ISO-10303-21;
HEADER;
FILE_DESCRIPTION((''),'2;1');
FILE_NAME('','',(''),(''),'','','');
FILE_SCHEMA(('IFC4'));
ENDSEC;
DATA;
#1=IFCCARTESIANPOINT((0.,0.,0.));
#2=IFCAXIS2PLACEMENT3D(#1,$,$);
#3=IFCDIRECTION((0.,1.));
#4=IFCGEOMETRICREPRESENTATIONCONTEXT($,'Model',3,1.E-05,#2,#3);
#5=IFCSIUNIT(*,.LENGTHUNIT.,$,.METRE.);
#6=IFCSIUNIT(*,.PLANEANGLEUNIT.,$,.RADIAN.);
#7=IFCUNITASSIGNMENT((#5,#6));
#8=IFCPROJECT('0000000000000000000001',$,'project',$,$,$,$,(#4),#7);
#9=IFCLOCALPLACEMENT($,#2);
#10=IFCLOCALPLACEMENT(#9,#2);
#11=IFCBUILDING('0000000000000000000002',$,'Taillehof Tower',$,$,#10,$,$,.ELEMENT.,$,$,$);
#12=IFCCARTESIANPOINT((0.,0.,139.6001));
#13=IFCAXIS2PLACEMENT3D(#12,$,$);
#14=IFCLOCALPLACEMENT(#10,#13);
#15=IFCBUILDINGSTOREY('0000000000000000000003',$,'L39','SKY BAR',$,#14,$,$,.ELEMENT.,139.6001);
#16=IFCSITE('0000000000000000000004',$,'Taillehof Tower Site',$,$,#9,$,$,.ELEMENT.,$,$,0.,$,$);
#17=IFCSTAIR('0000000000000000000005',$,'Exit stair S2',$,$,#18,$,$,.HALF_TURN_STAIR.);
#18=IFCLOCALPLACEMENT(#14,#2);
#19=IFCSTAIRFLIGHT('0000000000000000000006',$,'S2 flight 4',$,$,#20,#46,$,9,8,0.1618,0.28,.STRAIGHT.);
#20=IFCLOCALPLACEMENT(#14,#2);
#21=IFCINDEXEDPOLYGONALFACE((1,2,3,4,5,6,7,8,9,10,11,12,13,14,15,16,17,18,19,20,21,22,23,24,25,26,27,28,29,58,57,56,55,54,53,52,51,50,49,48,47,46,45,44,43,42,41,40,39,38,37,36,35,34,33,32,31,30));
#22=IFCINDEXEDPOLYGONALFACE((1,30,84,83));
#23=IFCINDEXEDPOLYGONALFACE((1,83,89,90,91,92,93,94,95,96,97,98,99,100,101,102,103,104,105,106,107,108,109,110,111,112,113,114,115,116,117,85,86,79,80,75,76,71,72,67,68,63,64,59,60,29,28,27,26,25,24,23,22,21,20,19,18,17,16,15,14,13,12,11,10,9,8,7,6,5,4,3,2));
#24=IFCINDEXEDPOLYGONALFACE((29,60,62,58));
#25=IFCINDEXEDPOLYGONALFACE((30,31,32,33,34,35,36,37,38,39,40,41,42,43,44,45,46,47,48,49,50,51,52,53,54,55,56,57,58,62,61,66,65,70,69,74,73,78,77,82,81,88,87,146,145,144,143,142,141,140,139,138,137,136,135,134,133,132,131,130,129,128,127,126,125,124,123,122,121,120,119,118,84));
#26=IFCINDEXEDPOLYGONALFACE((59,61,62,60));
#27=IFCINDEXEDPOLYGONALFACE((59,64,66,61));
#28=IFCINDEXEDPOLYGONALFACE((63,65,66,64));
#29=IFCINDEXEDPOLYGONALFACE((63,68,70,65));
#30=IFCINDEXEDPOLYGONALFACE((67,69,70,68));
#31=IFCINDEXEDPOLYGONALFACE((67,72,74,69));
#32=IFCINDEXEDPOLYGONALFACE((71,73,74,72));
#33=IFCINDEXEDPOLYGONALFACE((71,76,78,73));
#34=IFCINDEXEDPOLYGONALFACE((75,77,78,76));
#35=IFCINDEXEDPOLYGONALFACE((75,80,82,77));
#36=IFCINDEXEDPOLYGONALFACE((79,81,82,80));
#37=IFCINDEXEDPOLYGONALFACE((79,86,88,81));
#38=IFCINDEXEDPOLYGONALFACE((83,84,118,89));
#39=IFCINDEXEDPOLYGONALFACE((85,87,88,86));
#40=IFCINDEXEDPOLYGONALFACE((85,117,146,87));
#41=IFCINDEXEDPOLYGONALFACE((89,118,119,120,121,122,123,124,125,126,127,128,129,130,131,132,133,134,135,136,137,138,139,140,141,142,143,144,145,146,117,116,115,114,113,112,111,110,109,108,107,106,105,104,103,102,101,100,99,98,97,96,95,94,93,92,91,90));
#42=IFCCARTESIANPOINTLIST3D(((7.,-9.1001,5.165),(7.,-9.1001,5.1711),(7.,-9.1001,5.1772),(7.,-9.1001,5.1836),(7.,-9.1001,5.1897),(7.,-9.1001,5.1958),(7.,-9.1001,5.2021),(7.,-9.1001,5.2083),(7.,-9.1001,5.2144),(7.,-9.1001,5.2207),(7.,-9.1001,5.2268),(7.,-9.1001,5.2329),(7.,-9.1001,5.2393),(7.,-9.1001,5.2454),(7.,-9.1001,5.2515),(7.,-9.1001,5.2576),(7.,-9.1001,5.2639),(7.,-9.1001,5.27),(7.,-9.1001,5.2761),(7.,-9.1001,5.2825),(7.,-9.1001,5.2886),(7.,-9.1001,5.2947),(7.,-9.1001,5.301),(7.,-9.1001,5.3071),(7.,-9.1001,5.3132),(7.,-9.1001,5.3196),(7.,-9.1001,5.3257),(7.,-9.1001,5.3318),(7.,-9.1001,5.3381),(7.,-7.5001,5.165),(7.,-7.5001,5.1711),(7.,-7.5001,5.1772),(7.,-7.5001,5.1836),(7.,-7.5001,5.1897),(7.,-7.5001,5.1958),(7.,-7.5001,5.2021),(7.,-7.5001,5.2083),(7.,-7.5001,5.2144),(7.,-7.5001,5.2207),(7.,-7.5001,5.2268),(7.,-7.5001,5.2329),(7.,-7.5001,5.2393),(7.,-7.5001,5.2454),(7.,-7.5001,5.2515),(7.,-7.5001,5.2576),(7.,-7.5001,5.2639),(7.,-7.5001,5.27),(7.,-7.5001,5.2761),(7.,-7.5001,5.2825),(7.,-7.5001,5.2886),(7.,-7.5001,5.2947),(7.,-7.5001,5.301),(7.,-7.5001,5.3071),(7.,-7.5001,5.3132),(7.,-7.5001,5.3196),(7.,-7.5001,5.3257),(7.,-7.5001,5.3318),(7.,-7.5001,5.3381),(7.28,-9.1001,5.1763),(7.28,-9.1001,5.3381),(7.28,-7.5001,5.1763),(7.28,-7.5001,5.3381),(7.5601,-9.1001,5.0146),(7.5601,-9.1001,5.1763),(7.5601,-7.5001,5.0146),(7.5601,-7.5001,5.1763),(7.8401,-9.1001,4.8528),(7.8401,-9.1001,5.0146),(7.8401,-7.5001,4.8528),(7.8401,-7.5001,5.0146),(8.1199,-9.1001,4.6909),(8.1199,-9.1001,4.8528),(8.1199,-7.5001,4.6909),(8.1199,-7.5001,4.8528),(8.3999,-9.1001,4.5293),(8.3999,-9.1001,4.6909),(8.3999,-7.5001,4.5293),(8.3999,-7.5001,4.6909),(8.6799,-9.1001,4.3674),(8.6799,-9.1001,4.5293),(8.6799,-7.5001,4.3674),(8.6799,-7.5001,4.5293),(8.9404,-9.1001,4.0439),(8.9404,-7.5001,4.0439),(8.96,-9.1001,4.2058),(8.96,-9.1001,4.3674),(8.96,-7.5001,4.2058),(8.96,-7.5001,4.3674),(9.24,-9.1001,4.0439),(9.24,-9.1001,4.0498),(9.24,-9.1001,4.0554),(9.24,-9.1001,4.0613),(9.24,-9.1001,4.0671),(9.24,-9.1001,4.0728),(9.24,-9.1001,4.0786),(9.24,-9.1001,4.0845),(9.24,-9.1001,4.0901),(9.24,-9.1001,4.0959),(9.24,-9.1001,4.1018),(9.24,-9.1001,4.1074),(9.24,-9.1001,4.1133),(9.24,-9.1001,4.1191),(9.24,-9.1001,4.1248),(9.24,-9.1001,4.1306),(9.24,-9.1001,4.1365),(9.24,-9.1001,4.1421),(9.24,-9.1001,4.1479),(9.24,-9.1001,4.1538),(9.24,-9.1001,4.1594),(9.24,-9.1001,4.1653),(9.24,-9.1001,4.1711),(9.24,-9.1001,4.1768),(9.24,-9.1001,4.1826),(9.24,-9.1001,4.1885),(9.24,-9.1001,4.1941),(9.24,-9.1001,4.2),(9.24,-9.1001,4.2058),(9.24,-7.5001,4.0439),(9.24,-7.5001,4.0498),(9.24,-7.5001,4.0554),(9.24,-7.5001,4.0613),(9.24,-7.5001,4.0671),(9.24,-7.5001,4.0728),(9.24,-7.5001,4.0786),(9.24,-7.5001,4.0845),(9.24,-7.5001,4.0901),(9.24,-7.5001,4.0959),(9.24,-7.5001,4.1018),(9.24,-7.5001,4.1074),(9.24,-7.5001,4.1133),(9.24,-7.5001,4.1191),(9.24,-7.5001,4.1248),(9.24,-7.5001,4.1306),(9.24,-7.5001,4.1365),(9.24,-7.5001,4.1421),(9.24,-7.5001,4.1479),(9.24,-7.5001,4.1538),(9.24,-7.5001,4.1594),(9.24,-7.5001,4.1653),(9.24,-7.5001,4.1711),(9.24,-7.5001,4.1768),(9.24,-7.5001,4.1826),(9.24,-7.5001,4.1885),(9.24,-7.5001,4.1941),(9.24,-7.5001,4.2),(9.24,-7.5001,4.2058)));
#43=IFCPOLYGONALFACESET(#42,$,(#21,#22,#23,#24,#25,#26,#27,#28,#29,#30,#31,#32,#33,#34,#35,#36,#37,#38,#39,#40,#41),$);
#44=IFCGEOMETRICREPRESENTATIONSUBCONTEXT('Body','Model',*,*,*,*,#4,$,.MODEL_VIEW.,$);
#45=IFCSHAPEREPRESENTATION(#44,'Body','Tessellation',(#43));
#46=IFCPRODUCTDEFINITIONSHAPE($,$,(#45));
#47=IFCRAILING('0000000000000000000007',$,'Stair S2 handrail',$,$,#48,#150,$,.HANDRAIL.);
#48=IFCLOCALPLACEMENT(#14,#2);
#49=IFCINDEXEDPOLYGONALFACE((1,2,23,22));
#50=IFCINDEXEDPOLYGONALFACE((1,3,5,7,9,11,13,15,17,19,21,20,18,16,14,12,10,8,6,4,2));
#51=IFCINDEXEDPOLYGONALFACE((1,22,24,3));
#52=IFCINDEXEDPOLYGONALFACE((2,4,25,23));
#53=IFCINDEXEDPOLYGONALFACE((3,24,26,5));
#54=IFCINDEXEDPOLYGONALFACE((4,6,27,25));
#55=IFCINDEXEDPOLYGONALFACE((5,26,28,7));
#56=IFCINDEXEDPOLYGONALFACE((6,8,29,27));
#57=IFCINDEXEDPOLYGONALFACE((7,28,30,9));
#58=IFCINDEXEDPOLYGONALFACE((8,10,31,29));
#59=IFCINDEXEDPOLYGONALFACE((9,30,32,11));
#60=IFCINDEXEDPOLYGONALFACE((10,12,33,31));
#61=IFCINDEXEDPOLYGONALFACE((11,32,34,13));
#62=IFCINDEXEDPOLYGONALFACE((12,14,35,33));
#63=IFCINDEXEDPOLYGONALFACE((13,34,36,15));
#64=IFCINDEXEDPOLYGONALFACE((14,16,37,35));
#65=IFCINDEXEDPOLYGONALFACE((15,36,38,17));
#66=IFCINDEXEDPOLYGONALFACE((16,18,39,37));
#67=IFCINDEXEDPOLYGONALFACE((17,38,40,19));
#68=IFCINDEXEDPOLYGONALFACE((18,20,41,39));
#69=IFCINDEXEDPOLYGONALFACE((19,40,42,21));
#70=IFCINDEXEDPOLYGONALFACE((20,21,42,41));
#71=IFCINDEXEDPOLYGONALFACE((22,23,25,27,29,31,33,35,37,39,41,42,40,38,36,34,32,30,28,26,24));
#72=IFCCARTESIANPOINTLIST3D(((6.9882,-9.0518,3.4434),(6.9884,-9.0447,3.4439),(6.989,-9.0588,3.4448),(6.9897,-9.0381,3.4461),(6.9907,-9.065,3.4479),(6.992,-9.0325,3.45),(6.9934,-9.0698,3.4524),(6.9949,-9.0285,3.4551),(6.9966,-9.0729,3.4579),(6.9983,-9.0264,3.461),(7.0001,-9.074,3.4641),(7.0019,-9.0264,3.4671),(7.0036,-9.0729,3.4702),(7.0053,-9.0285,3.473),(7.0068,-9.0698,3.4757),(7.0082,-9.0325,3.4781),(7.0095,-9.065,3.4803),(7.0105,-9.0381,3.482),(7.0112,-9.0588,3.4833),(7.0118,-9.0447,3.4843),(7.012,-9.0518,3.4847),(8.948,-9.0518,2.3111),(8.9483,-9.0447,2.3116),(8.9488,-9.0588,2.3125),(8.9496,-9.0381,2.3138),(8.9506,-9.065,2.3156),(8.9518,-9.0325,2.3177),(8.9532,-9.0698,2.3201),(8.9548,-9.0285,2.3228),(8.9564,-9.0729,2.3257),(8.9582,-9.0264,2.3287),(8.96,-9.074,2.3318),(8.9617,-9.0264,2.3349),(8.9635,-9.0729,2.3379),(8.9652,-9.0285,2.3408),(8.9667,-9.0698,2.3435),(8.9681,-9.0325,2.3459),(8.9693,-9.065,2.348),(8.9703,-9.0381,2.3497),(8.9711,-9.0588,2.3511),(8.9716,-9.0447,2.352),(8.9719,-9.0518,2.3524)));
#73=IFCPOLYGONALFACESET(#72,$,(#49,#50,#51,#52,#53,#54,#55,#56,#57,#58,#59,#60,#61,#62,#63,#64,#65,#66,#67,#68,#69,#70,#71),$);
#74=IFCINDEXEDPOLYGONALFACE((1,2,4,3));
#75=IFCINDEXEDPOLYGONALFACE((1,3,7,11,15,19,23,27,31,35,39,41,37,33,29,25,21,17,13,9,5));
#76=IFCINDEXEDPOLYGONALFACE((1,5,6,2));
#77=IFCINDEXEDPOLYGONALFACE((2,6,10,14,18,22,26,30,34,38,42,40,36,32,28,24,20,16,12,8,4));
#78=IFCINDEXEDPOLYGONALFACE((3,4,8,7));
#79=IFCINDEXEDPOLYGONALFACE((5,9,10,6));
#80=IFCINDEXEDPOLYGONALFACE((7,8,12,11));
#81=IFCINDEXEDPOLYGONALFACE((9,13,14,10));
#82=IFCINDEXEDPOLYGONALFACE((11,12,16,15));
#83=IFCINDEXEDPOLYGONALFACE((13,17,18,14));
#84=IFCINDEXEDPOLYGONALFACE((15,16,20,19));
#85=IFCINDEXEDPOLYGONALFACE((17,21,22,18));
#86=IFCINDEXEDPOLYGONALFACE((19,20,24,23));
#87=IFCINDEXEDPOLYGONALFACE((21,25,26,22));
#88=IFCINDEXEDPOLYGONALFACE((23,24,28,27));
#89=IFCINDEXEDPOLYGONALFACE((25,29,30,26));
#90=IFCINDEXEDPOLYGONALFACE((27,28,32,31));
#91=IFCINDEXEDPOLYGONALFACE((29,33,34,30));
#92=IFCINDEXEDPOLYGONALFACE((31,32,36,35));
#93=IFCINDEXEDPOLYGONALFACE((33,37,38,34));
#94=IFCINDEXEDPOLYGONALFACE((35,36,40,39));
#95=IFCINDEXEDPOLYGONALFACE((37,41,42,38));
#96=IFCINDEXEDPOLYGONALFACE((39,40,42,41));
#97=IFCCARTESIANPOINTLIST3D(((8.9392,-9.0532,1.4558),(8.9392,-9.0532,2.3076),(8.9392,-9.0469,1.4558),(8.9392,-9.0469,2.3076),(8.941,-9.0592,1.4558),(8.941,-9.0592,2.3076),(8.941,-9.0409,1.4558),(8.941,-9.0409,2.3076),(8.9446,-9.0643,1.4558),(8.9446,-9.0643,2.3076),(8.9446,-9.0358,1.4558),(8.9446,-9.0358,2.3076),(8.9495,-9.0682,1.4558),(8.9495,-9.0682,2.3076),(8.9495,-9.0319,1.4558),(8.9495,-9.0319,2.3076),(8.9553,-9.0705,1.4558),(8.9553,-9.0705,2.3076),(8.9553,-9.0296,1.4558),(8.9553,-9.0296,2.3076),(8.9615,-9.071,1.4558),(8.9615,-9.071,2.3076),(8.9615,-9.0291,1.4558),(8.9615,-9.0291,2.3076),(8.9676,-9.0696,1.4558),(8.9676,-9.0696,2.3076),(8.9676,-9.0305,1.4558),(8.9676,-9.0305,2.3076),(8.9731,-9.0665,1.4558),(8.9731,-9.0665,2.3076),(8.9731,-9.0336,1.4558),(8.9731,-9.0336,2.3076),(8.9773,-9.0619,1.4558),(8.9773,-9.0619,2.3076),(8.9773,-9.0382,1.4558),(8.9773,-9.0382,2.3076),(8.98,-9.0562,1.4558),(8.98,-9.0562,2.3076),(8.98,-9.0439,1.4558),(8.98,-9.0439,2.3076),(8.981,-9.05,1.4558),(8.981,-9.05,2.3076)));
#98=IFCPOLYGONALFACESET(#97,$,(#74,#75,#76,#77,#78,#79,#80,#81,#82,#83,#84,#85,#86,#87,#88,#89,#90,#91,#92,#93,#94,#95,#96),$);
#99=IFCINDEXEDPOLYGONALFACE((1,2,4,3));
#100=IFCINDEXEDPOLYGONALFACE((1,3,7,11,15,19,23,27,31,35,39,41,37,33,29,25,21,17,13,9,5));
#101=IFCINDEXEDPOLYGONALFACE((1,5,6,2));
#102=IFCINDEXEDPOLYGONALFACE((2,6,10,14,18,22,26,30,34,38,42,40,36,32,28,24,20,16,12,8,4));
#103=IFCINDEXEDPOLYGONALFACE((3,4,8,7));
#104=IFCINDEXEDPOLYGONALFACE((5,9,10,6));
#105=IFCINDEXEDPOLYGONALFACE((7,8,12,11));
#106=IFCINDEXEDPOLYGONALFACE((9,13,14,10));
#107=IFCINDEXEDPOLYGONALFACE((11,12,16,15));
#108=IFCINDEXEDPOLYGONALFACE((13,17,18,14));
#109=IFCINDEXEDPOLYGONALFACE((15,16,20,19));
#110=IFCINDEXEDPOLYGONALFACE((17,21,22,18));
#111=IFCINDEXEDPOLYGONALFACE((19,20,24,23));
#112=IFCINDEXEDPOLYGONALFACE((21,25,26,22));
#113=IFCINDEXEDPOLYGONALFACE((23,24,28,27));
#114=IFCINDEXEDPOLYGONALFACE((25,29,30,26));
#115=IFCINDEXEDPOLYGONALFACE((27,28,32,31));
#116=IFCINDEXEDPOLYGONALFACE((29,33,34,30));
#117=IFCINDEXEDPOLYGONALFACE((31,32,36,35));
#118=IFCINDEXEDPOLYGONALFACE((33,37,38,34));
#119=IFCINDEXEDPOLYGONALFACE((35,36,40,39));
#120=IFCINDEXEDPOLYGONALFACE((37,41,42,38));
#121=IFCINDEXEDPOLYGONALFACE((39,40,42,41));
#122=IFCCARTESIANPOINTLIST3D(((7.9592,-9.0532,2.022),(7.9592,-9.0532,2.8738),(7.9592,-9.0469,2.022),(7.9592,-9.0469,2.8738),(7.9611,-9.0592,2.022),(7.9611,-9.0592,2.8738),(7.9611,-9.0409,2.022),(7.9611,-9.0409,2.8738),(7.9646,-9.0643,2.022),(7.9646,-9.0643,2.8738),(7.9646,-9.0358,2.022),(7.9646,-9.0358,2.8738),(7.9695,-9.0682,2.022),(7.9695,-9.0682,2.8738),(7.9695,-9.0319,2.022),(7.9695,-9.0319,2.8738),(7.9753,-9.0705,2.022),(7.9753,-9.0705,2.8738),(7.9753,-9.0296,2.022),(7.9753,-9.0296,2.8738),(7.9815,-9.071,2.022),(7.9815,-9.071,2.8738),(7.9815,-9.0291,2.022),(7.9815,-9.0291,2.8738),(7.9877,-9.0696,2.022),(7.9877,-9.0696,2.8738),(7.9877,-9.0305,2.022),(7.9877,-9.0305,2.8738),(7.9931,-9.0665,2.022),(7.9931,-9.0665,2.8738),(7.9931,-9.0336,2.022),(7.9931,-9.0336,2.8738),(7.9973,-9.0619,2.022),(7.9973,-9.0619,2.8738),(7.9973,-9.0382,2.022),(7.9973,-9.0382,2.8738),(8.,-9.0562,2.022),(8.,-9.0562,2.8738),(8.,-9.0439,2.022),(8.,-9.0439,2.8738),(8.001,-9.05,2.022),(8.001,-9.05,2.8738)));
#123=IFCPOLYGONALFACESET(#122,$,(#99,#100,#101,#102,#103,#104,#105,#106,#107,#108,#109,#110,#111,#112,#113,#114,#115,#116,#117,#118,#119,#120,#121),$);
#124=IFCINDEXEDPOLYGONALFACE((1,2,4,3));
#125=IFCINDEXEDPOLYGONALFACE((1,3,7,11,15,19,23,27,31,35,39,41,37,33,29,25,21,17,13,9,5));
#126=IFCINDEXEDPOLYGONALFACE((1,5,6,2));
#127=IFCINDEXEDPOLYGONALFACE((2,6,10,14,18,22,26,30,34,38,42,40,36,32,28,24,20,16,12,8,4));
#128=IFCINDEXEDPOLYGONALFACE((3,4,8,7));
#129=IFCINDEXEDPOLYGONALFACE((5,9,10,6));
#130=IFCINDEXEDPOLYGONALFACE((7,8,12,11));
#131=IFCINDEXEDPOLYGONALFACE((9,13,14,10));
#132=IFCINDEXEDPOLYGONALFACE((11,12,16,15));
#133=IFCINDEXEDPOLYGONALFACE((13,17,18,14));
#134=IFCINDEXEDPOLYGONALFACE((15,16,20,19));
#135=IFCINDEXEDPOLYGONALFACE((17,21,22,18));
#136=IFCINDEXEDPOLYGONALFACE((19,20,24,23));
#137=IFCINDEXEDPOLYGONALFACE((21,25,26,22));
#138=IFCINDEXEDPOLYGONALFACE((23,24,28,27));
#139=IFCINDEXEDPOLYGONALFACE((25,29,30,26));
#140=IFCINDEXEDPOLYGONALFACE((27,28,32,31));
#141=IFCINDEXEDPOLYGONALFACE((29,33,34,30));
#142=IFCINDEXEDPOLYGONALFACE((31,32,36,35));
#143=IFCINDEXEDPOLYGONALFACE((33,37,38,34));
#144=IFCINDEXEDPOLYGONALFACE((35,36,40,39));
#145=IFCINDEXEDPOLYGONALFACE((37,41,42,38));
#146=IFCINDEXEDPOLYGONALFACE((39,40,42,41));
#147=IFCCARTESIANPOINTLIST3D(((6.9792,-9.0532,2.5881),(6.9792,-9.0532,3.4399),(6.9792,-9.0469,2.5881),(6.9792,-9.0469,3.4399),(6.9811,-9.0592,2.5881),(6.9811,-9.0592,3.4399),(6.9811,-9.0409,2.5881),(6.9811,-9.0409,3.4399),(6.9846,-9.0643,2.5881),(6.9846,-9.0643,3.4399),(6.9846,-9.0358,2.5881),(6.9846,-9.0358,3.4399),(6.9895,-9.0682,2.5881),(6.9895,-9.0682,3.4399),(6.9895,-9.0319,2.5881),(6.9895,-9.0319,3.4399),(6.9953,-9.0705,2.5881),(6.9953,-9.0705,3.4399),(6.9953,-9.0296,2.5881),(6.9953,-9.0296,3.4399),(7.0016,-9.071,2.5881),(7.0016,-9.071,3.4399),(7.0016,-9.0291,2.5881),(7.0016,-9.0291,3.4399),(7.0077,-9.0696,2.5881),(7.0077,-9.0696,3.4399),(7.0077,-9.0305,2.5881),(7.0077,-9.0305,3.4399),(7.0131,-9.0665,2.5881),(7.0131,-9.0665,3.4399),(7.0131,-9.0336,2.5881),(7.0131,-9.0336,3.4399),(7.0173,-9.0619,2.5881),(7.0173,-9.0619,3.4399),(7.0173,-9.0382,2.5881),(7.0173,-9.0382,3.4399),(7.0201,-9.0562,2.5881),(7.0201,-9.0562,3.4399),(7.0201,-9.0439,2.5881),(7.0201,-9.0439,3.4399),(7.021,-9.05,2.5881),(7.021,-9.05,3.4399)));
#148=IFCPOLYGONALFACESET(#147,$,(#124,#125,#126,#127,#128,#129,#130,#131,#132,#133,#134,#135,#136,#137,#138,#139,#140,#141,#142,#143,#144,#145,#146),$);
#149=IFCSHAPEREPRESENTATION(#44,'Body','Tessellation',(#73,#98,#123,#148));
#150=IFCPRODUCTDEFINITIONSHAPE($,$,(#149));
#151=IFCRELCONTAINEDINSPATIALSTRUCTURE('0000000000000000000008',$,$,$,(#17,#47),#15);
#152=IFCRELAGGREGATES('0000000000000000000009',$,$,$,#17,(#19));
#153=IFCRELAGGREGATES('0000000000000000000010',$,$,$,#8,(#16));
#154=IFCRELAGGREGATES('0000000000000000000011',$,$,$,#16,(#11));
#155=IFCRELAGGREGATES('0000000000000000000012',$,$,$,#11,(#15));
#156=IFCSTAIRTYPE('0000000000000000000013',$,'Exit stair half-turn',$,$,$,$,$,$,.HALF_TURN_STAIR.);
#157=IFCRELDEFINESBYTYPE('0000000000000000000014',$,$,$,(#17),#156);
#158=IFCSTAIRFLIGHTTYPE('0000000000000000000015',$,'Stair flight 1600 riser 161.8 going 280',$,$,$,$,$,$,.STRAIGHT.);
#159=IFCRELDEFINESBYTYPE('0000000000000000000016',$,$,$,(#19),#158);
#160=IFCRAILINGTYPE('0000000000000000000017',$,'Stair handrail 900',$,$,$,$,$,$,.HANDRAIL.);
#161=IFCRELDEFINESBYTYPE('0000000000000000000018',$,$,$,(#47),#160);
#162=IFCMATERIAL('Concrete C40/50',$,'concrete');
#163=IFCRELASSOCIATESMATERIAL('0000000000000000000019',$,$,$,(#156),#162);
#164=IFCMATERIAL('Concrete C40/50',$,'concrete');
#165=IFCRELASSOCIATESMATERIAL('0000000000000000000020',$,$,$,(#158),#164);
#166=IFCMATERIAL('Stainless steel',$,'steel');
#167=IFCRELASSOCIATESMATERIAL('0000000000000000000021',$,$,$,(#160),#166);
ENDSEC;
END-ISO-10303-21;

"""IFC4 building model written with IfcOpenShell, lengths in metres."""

from ifc_helpers import new_model, si_unit, direction, frame, origin, origin_2d, place, context, subcontext, project, spatial, polyline, circle, outline, extrude, material, type_object, element, aggregate, save


model = new_model("IFC4")

# Units and contexts
model_context = context("Model", 3, precision=1e-05, world=origin(), true_north=direction((0.0, 1.0)))
body_context = subcontext(model_context, "Body", "Model", "MODEL_VIEW")
ifc_project = project(units=[si_unit("LENGTHUNIT", "METRE"), si_unit("PLANEANGLEUNIT", "RADIAN")], contexts=[model_context])

# Site, building, storey
site_placement = place(None, origin())
site = spatial("IfcSite", under=ifc_project, at=site_placement, Name="Taillehof Tower Site", CompositionType="ELEMENT", RefElevation=0.0)
building_placement = place(site_placement, origin())
building = spatial("IfcBuilding", under=site, at=building_placement, Name="Taillehof Tower", CompositionType="ELEMENT")
storey_placement = place(building_placement, frame((0.0, 0.0, 139.6001)))
storey = spatial("IfcBuildingStorey", under=building, at=storey_placement, Name="L39", Description="SKY BAR", CompositionType="ELEMENT", Elevation=139.6001)

# Stair, stair flight
ifc_material_1 = material(Name="Concrete C40/50", Category="concrete")
stair_type = type_object("IfcStairType", Name="Exit stair half-turn", PredefinedType="HALF_TURN_STAIR", material=ifc_material_1)
stair_placement = place(storey_placement, origin())
stair = element("IfcStair", 1, at=stair_placement, inside=storey, type_object=stair_type, Name="Exit stair S2", PredefinedType="HALF_TURN_STAIR")
ifc_material_2 = material(Name="Concrete C40/50", Category="concrete")
stair_flight_type = type_object("IfcStairFlightType", Name="Stair flight 1600 riser 161.8 going 280", PredefinedType="STRAIGHT", material=ifc_material_2)
stair_flight_1_placement = place(storey_placement, frame((9.24, -8.3, 4.0439), z_axis=(0.0, 0.0, 1.0), x_axis=(-1.0, 0.0, 0.0)))
stair_flight_1 = element("IfcStairFlight", 2, at=stair_flight_1_placement, type_object=stair_flight_type, Name="S2 flight 4", NumberOfRisers=9, NumberOfTreads=8, PredefinedType="STRAIGHT", RiserHeight=0.1618, TreadLength=0.28, context=body_context, shape_type="SweptSolid", body=[
    extrude(outline(polyline([(0.0, 0.0), (0.0, 0.0059), (0.0, 0.0115), (0.0, 0.0173), (0.0, 0.0232), (0.0, 0.0288), (0.0, 0.0347), (0.0, 0.0405), (0.0, 0.0461), (0.0, 0.052), (0.0, 0.0579), (0.0, 0.0635), (0.0, 0.0693), (0.0, 0.0752), (0.0, 0.0808), (0.0, 0.0867), (0.0, 0.0925), (0.0, 0.0981), (0.0, 0.104), (0.0, 0.1099), (0.0, 0.1155), (0.0, 0.1213), (0.0, 0.1272), (0.0, 0.1328), (0.0, 0.1387), (0.0, 0.1445), (0.0, 0.1501), (0.0, 0.156), (0.0, 0.1619), (0.28, 0.1619), (0.28, 0.3235), (0.5601, 0.3235), (0.5601, 0.4854), (0.8401, 0.4854), (0.8401, 0.647), (1.1201, 0.647), (1.1201, 0.8088), (1.3999, 0.8088), (1.3999, 0.9707), (1.6799, 0.9707), (1.6799, 1.1323), (1.96, 1.1323), (1.96, 1.2942), (2.24, 1.2942), (2.24, 1.2878), (2.24, 1.2817), (2.24, 1.2756), (2.24, 1.2693), (2.24, 1.2632), (2.24, 1.2571), (2.24, 1.2507), (2.24, 1.2446), (2.24, 1.2385), (2.24, 1.2322), (2.24, 1.2261), (2.24, 1.22), (2.24, 1.2136), (2.24, 1.2075), (2.24, 1.2014), (2.24, 1.1953), (2.24, 1.189), (2.24, 1.1829), (2.24, 1.1768), (2.24, 1.1704), (2.24, 1.1643), (2.24, 1.1582), (2.24, 1.1519), (2.24, 1.1458), (2.24, 1.1396), (2.24, 1.1333), (2.24, 1.1272), (2.24, 1.1211), (0.2996, 0.0), (0.0, 0.0)])), frame((0.0, 0.8, 0.0), z_axis=(0.0, -1.0, 0.0), x_axis=(1.0, 0.0, 0.0)), (0.0, 0.0, 1.0), 1.6),
])
aggregate(stair, [stair_flight_1])

# Railing
ifc_material_3 = material(Name="Stainless steel", Category="steel")
railing_type = type_object("IfcRailingType", Name="Stair handrail 900", PredefinedType="HANDRAIL", material=ifc_material_3)
railing_1_placement = place(storey_placement, frame((8.96, -9.05, 1.4558)))
element("IfcRailing", 3, at=railing_1_placement, inside=storey, type_object=railing_type, Name="Stair S2 handrail", PredefinedType="HANDRAIL", context=body_context, shape_type="SweptSolid", body=[
    extrude(circle(Radius=0.0239, at=origin_2d()), frame((0.0, 0.0, 0.876), z_axis=(-0.865884, 0.0, 0.500245), x_axis=(0.0, -1.0, 0.0)), (0.0, 0.0, 1.0), 2.2634),
    extrude(circle(Radius=0.021, at=origin_2d()), origin(), (0.0, 0.0, 1.0), 0.8518),
    extrude(circle(Radius=0.021, at=origin_2d()), frame((-0.98, 0.0, 0.5662)), (0.0, 0.0, 1.0), 0.8518),
    extrude(circle(Radius=0.021, at=origin_2d()), frame((-1.96, 0.0, 1.1323)), (0.0, 0.0, 1.0), 0.8518),
])

save(model, "model.ifc")
